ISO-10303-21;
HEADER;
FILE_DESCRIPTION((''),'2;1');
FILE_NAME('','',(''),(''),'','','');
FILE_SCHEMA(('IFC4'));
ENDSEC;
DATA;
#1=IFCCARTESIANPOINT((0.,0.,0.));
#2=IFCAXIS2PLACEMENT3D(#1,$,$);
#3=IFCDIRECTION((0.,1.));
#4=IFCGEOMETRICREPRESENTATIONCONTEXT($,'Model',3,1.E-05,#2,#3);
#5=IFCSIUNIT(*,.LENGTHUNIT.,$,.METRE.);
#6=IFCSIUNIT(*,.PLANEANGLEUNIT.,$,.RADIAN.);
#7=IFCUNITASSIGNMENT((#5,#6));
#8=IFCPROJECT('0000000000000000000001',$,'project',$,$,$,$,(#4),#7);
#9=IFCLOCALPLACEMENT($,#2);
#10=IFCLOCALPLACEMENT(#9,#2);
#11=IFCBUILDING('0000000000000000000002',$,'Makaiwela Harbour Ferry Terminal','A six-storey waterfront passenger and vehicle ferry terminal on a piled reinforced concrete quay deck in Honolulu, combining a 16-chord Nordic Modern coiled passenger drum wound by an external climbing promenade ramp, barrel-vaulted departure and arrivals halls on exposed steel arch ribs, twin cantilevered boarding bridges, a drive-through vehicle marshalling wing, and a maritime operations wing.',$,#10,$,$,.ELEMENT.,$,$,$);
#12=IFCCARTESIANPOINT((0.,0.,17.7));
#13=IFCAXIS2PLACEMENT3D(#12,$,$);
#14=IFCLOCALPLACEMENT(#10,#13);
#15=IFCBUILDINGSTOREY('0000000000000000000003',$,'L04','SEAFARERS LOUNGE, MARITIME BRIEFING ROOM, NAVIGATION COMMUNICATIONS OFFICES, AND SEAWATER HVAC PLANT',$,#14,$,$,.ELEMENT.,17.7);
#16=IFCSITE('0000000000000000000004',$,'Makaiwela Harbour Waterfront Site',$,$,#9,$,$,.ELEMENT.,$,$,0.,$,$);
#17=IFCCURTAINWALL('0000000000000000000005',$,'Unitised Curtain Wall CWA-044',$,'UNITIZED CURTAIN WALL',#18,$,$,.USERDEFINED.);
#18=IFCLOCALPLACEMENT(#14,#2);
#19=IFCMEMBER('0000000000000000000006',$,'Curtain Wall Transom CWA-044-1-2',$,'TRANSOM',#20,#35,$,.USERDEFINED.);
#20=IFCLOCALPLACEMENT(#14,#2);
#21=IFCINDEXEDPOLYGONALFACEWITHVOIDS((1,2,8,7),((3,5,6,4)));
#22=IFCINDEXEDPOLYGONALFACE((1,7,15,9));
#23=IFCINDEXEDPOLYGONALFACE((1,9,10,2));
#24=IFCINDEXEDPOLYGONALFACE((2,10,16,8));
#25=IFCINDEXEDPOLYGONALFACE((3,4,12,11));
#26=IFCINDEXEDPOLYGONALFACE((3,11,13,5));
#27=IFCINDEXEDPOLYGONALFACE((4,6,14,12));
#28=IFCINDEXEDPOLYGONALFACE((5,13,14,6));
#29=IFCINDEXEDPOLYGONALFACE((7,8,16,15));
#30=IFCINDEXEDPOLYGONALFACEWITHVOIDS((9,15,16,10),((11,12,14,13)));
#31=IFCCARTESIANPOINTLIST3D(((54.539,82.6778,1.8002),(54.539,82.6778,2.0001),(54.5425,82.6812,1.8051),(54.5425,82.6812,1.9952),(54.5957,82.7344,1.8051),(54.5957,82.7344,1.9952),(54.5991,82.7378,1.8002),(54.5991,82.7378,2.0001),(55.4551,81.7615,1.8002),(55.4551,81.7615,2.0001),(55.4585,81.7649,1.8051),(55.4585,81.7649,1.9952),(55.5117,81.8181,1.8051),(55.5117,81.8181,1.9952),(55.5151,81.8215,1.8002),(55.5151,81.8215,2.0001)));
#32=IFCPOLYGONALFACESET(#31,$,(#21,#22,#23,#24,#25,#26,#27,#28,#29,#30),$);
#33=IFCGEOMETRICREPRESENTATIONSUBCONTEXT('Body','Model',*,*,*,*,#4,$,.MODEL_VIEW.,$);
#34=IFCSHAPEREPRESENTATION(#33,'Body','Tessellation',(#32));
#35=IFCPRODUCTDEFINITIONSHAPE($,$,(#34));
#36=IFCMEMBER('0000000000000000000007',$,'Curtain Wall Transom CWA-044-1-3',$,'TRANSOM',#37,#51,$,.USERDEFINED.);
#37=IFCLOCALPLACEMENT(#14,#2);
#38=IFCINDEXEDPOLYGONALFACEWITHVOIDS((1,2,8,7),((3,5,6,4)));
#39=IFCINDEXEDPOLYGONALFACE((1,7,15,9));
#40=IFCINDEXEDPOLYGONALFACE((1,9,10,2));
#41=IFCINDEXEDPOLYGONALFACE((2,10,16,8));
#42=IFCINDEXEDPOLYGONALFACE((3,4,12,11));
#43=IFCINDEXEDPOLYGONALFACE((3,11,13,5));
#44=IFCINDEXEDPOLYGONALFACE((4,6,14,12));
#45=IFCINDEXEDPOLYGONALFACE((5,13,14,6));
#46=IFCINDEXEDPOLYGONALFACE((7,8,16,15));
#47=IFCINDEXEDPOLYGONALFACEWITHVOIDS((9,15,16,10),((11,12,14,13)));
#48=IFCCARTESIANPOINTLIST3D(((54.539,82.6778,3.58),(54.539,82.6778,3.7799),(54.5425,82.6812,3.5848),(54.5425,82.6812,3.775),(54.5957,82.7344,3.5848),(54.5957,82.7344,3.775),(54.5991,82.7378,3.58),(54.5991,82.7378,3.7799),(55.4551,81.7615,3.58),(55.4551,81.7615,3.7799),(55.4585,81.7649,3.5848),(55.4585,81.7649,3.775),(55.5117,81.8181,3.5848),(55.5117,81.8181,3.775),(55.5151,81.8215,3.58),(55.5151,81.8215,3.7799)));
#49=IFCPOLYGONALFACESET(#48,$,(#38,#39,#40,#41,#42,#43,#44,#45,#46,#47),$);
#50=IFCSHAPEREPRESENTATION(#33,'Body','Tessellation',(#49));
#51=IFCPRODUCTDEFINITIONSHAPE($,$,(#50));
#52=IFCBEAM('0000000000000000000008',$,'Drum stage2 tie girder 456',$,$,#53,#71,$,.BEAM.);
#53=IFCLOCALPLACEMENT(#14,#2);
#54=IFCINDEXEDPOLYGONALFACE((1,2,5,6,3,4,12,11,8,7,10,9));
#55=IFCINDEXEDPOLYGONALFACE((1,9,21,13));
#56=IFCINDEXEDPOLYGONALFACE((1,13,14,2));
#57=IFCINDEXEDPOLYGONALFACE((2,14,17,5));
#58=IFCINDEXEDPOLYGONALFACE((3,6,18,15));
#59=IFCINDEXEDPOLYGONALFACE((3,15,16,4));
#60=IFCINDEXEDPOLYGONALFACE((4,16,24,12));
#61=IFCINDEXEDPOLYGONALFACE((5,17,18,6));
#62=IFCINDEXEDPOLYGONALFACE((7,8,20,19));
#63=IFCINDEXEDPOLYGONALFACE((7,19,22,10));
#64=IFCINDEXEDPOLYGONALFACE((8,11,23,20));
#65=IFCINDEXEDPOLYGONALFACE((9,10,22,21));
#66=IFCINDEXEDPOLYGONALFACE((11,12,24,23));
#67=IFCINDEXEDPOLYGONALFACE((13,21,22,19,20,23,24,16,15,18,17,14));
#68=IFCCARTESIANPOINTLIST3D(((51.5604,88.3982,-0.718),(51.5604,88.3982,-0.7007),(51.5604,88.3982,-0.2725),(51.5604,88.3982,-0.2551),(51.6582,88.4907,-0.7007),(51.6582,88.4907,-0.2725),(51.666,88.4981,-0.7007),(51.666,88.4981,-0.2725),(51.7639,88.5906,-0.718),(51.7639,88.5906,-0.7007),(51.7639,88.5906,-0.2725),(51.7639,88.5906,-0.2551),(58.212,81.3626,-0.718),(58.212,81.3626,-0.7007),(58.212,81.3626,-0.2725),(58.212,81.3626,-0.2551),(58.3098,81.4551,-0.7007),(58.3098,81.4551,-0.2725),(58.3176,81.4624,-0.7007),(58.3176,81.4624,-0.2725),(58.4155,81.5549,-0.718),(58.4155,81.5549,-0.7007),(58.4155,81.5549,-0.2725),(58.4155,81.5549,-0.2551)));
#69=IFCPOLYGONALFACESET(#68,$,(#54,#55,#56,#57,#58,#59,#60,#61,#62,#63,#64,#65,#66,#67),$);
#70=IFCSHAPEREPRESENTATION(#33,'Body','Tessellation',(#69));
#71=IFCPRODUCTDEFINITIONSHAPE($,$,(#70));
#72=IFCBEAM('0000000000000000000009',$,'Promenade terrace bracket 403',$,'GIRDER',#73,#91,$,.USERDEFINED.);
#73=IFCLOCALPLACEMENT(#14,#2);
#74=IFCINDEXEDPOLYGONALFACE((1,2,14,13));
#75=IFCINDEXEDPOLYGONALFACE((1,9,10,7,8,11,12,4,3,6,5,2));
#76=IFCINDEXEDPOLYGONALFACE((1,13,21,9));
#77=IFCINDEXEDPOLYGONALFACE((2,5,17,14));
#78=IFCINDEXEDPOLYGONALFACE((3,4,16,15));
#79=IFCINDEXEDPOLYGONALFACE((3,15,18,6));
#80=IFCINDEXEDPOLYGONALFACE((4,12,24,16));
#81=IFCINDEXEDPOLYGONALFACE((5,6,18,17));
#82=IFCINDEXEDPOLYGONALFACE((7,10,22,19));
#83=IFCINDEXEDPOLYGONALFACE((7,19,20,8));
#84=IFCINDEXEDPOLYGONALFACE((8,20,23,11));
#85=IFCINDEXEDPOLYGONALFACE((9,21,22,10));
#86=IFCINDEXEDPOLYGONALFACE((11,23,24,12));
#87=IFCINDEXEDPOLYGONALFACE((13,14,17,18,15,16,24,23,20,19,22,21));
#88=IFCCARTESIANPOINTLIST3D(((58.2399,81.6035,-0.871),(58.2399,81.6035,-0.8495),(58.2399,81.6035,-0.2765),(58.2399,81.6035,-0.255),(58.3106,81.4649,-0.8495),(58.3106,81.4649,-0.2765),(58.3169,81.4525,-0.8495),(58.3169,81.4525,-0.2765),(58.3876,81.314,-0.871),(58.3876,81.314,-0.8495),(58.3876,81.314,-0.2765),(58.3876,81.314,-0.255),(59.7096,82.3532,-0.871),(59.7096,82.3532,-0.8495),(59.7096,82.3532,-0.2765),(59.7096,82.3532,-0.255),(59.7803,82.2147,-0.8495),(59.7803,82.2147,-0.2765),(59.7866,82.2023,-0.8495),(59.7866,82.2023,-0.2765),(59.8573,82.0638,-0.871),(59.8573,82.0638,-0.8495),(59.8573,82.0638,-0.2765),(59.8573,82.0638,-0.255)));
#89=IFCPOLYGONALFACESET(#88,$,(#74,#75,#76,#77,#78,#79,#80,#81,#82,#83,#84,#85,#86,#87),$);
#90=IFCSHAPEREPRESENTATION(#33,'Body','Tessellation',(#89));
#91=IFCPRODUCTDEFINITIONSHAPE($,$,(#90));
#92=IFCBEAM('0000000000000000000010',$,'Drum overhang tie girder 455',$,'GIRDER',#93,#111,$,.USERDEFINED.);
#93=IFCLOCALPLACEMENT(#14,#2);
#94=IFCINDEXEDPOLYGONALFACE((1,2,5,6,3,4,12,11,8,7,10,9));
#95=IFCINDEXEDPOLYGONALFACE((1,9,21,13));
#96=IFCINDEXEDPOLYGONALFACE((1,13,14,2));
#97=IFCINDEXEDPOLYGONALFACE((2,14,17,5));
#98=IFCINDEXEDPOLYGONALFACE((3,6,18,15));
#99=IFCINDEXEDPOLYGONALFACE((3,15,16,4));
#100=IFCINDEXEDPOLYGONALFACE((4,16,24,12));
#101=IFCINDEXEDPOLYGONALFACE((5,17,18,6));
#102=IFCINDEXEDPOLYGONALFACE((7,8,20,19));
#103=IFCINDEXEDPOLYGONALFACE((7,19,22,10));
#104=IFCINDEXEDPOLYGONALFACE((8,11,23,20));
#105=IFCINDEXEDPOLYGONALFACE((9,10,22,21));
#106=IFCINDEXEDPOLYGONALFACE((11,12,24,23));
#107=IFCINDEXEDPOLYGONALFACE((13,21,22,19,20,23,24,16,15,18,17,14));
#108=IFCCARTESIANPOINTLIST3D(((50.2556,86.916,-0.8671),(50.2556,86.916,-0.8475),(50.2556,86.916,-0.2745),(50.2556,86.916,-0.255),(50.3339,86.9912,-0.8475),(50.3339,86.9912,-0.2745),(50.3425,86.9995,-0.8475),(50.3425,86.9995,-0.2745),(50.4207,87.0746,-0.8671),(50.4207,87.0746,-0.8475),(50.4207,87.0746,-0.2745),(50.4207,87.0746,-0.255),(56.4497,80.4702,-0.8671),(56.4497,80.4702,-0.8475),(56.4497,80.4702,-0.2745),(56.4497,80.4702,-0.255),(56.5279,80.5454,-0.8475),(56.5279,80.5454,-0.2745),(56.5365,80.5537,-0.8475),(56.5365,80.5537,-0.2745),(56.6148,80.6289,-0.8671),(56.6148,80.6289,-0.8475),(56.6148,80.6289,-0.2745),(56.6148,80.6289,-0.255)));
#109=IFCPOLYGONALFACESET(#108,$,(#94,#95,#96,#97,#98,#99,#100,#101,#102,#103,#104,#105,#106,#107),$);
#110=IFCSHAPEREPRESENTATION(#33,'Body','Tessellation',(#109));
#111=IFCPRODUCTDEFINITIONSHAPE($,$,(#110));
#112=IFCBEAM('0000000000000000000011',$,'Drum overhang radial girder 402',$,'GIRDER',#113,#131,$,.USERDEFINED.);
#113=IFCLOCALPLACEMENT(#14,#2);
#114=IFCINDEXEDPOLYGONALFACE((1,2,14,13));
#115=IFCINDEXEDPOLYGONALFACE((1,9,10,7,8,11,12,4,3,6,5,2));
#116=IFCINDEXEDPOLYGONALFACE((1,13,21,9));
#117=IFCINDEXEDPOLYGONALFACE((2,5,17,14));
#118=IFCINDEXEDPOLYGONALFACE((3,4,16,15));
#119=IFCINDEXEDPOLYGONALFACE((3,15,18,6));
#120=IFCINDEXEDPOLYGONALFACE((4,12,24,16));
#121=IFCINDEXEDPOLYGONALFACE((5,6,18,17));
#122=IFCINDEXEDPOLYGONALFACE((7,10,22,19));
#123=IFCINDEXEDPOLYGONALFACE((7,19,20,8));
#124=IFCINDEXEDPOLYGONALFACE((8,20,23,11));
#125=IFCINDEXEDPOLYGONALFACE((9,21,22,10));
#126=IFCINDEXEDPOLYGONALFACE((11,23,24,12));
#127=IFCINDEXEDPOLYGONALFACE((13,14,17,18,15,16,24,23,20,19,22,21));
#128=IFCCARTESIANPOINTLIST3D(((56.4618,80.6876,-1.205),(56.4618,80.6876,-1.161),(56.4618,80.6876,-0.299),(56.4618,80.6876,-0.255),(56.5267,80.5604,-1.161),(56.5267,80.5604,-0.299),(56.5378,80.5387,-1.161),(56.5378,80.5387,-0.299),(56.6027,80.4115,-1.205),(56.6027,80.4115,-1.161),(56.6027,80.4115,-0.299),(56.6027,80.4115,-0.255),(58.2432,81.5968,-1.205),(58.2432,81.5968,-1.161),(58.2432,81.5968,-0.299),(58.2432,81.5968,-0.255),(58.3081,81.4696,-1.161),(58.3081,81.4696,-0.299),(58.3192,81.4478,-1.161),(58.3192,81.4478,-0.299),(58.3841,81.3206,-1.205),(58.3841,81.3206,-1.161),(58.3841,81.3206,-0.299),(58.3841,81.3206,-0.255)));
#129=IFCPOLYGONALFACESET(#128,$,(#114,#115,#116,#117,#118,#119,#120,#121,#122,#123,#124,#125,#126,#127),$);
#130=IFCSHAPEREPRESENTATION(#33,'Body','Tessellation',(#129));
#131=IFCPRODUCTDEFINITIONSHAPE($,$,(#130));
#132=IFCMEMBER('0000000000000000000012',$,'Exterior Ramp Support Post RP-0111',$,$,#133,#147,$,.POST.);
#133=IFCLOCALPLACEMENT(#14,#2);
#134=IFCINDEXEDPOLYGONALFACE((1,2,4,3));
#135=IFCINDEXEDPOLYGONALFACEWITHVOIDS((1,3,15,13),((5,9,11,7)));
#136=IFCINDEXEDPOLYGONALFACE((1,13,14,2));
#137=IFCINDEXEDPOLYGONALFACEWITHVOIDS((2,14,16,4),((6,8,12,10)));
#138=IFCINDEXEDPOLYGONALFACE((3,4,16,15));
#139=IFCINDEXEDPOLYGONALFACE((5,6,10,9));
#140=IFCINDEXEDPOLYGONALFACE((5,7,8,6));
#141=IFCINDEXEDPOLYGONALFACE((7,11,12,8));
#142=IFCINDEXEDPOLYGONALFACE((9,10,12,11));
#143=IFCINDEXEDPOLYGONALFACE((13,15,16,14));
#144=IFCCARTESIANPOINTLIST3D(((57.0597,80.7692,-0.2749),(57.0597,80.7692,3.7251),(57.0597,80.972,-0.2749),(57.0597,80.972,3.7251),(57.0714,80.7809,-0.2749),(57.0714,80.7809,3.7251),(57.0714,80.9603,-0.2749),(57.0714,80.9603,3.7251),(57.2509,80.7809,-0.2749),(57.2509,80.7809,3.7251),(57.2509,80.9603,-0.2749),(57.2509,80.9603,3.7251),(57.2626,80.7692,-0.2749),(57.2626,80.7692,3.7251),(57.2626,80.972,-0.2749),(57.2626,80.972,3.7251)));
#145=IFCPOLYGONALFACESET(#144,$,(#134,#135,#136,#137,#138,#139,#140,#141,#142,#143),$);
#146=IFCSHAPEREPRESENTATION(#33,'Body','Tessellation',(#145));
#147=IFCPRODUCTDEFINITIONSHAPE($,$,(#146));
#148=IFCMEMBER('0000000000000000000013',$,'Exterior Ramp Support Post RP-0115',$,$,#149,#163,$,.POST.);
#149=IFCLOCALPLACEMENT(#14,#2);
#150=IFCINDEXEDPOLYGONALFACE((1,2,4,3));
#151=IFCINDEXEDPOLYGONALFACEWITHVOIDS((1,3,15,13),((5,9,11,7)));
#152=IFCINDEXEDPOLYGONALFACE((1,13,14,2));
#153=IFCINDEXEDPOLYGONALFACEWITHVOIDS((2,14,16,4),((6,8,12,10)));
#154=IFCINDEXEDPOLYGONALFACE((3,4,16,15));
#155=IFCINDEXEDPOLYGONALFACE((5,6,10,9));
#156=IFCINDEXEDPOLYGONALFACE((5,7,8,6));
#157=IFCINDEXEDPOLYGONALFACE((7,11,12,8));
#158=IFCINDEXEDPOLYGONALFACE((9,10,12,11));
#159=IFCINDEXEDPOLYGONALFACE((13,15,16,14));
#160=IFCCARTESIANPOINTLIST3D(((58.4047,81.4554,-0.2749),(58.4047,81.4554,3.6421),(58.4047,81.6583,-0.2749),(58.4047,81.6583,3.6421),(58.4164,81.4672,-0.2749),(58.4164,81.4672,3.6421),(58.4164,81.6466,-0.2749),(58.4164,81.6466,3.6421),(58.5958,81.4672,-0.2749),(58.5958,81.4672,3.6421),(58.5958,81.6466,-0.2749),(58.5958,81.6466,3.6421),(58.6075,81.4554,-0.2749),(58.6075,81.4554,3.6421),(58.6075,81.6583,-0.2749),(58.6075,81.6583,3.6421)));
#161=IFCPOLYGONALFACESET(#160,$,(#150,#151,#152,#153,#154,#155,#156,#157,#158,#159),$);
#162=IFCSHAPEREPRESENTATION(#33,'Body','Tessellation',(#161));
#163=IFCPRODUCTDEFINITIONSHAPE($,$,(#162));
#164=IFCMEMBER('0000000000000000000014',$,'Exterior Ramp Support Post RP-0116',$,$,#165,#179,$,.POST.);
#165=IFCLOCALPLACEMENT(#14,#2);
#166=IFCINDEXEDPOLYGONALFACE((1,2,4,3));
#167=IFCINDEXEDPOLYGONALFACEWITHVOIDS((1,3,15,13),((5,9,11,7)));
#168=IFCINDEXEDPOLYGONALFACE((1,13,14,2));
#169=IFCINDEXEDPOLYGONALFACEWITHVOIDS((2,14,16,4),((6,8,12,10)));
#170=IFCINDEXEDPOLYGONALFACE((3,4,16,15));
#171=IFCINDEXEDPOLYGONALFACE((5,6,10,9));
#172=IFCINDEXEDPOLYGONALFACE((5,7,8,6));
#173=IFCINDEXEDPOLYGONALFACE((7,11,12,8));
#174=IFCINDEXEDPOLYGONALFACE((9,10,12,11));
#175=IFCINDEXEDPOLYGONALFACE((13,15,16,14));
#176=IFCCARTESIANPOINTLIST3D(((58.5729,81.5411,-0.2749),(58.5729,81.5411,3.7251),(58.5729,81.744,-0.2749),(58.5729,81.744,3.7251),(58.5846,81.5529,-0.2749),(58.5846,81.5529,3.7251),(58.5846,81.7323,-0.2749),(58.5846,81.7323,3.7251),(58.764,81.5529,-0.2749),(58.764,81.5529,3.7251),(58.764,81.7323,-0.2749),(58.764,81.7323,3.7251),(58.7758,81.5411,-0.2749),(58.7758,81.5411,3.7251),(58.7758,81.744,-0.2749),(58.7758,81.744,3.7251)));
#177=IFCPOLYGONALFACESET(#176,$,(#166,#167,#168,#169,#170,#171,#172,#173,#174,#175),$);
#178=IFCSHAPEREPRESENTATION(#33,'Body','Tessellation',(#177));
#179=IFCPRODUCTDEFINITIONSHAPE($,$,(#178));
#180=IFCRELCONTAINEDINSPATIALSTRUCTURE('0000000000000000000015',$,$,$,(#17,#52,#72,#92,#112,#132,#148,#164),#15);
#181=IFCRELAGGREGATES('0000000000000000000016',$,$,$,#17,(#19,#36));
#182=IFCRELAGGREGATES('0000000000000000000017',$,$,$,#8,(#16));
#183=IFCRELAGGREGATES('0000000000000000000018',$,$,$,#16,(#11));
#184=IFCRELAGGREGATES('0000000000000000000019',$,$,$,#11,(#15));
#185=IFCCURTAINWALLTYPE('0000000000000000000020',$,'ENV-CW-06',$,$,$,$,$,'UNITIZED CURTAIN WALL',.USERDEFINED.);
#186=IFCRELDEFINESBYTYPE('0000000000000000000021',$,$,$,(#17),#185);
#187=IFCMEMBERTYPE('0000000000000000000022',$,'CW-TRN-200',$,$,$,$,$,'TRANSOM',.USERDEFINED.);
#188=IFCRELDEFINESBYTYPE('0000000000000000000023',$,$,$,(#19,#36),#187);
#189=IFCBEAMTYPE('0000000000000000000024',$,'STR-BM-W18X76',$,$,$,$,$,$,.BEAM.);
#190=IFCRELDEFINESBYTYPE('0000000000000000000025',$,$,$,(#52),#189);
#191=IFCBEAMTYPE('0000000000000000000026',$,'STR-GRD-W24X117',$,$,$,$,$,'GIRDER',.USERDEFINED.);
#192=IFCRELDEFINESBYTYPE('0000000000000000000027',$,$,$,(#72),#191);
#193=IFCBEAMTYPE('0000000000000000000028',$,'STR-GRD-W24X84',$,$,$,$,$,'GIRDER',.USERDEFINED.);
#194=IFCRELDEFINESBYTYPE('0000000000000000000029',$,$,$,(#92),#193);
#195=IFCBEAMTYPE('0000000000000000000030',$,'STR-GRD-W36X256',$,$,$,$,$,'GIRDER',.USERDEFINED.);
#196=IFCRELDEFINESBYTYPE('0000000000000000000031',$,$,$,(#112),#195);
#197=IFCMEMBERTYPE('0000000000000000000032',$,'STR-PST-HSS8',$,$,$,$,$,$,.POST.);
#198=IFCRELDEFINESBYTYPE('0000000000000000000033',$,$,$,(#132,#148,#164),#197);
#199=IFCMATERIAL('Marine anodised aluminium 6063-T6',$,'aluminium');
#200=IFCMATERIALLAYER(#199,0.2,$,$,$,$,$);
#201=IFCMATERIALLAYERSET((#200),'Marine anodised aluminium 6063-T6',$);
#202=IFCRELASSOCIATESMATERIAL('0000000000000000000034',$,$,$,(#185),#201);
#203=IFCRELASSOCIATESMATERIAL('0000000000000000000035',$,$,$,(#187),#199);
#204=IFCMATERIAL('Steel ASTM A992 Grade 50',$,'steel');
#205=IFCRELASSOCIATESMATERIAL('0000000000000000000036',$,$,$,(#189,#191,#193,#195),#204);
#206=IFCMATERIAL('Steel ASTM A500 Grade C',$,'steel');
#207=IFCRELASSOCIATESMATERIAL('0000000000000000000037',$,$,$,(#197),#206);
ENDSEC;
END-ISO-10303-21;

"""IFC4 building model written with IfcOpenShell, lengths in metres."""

from ifc_helpers import new_model, si_unit, direction, frame, origin, origin_2d, place, context, subcontext, project, spatial, hollow_rectangle, i_section, extrude, material, layer, layer_set, material_profile, profile_set, type_object, element, aggregate, save


model = new_model("IFC4")

# Units and contexts
model_context = context("Model", 3, precision=1e-05, world=origin(), true_north=direction((0.0, 1.0)))
body_context = subcontext(model_context, "Body", "Model", "MODEL_VIEW")
ifc_project = project(units=[si_unit("LENGTHUNIT", "METRE"), si_unit("PLANEANGLEUNIT", "RADIAN")], contexts=[model_context])

# Site, building, storey
site_placement = place(None, origin())
site = spatial("IfcSite", under=ifc_project, at=site_placement, Name="Makaiwela Harbour Waterfront Site", CompositionType="ELEMENT", RefElevation=0.0)
building_placement = place(site_placement, origin())
building = spatial("IfcBuilding", under=site, at=building_placement, Name="Makaiwela Harbour Ferry Terminal", Description="A six-storey waterfront passenger and vehicle ferry terminal on a piled reinforced concrete quay deck in Honolulu, combining a 16-chord Nordic Modern coiled passenger drum wound by an external climbing promenade ramp, barrel-vaulted departure and arrivals halls on exposed steel arch ribs, twin cantilevered boarding bridges, a drive-through vehicle marshalling wing, and a maritime operations wing.", CompositionType="ELEMENT")
storey_placement = place(building_placement, frame((0.0, 0.0, 17.7)))
storey = spatial("IfcBuildingStorey", under=building, at=storey_placement, Name="L04", Description="SEAFARERS LOUNGE, MARITIME BRIEFING ROOM, NAVIGATION COMMUNICATIONS OFFICES, AND SEAWATER HVAC PLANT", CompositionType="ELEMENT", Elevation=17.7)

# Shared definitions
ifc_material_1 = material(Name="Marine anodised aluminium 6063-T6", Category="aluminium")
ifc_layer_1 = layer(ifc_material_1, 0.2)
ifc_layer_set_1 = layer_set([ifc_layer_1], Name="Marine anodised aluminium 6063-T6")
curtain_wall_type = type_object("IfcCurtainWallType", Name="ENV-CW-06", ElementType="UNITIZED CURTAIN WALL", PredefinedType="USERDEFINED", material=ifc_layer_set_1)

# Curtain wall
curtain_wall_1_placement = place(storey_placement, origin())
curtain_wall_1 = element("IfcCurtainWall", 1, at=curtain_wall_1_placement, inside=storey, type_object=curtain_wall_type, Name="Unitised Curtain Wall CWA-044", ObjectType="UNITIZED CURTAIN WALL", PredefinedType="USERDEFINED")

# Members
ifc_material_profile_1 = material_profile(ifc_material_1, hollow_rectangle(XDim=0.085, YDim=0.2, WallThickness=0.0049, at=origin_2d()), Name="CWT-200X85")
ifc_profile_set_1 = profile_set([ifc_material_profile_1], Name="Marine anodised aluminium 6063-T6")
member_type_1 = type_object("IfcMemberType", Name="CW-TRN-200", ElementType="TRANSOM", PredefinedType="USERDEFINED", material=ifc_profile_set_1)
member_1_placement = place(storey_placement, frame((55.4851, 81.7915, 1.9001), z_axis=(-0.707013, 0.707201, 0.0), x_axis=(-0.707201, -0.707013, 0.0)))
member_1 = element("IfcMember", 2, at=member_1_placement, type_object=member_type_1, Name="Curtain Wall Transom CWA-044-1-2", ObjectType="TRANSOM", PredefinedType="USERDEFINED", context=body_context, shape_type="SweptSolid", body=[
    extrude(hollow_rectangle(XDim=0.085, YDim=0.2, WallThickness=0.0049, at=origin_2d()), origin(), (0.0, 0.0, 1.0), 1.2957),
])
member_2_placement = place(storey_placement, frame((55.4851, 81.7915, 3.6799), z_axis=(-0.707013, 0.707201, 0.0), x_axis=(-0.707201, -0.707013, 0.0)))
member_2 = element("IfcMember", 3, at=member_2_placement, type_object=member_type_1, Name="Curtain Wall Transom CWA-044-1-3", ObjectType="TRANSOM", PredefinedType="USERDEFINED", context=body_context, shape_type="SweptSolid", body=[
    extrude(hollow_rectangle(XDim=0.085, YDim=0.2, WallThickness=0.0049, at=origin_2d()), origin(), (0.0, 0.0, 1.0), 1.2957),
])

# Beams
ifc_material_2 = material(Name="Steel ASTM A992 Grade 50", Category="steel")
ifc_material_profile_2 = material_profile(ifc_material_2, i_section(OverallWidth=0.28, OverallDepth=0.4629, WebThickness=0.0107, FlangeThickness=0.0173, at=origin_2d()), Name="W18X76")
ifc_profile_set_2 = profile_set([ifc_material_profile_2], Name="Steel ASTM A992 Grade 50")
beam_type_1 = type_object("IfcBeamType", Name="STR-BM-W18X76", PredefinedType="BEAM", material=ifc_profile_set_2)
beam_1_placement = place(storey_placement, frame((58.3137, 81.4587, -0.4866), z_axis=(-0.686997, 0.726661, 0.0), x_axis=(-0.726661, -0.686997, 0.0)))
element("IfcBeam", 4, at=beam_1_placement, inside=storey, type_object=beam_type_1, Name="Drum stage2 tie girder 456", PredefinedType="BEAM", context=body_context, shape_type="SweptSolid", body=[
    extrude(i_section(OverallWidth=0.28, OverallDepth=0.4629, WebThickness=0.0107, FlangeThickness=0.0173, at=origin_2d()), origin(), (0.0, 0.0, 1.0), 9.6821),
])
ifc_material_profile_3 = material_profile(ifc_material_2, i_section(OverallWidth=0.325, OverallDepth=0.616, WebThickness=0.0139, FlangeThickness=0.0215, at=origin_2d()), Name="W24X117")
ifc_profile_set_3 = profile_set([ifc_material_profile_3], Name="Steel ASTM A992 Grade 50")
beam_type_2 = type_object("IfcBeamType", Name="STR-GRD-W24X117", ElementType="GIRDER", PredefinedType="USERDEFINED", material=ifc_profile_set_3)
beam_2_placement = place(storey_placement, frame((58.3137, 81.4587, -0.563), z_axis=(0.890788, 0.45442, 0.0), x_axis=(-0.45442, 0.890788, 0.0)))
element("IfcBeam", 5, at=beam_2_placement, inside=storey, type_object=beam_type_2, Name="Promenade terrace bracket 403", ObjectType="GIRDER", PredefinedType="USERDEFINED", context=body_context, shape_type="SweptSolid", body=[
    extrude(i_section(OverallWidth=0.325, OverallDepth=0.616, WebThickness=0.0139, FlangeThickness=0.0215, at=origin_2d()), origin(), (0.0, 0.0, 1.0), 1.6499),
])
ifc_material_profile_4 = material_profile(ifc_material_2, i_section(OverallWidth=0.229, OverallDepth=0.6121, WebThickness=0.012, FlangeThickness=0.0195, at=origin_2d()), Name="W24X84")
ifc_profile_set_4 = profile_set([ifc_material_profile_4], Name="Steel ASTM A992 Grade 50")
beam_type_3 = type_object("IfcBeamType", Name="STR-GRD-W24X84", ElementType="GIRDER", PredefinedType="USERDEFINED", material=ifc_profile_set_4)
beam_3_placement = place(storey_placement, frame((56.5322, 80.5496, -0.561), z_axis=(-0.692888, 0.721045, 0.0), x_axis=(-0.721045, -0.692888, 0.0)))
element("IfcBeam", 6, at=beam_3_placement, inside=storey, type_object=beam_type_3, Name="Drum overhang tie girder 455", ObjectType="GIRDER", PredefinedType="USERDEFINED", context=body_context, shape_type="SweptSolid", body=[
    extrude(i_section(OverallWidth=0.229, OverallDepth=0.6121, WebThickness=0.012, FlangeThickness=0.0195, at=origin_2d()), origin(), (0.0, 0.0, 1.0), 8.9395),
])
ifc_material_profile_5 = material_profile(ifc_material_2, i_section(OverallWidth=0.3101, OverallDepth=0.95, WebThickness=0.0244, FlangeThickness=0.0439, at=origin_2d()), Name="W36X256")
ifc_profile_set_5 = profile_set([ifc_material_profile_5], Name="Steel ASTM A992 Grade 50")
beam_type_4 = type_object("IfcBeamType", Name="STR-GRD-W36X256", ElementType="GIRDER", PredefinedType="USERDEFINED", material=ifc_profile_set_5)
beam_4_placement = place(storey_placement, frame((56.5322, 80.5496, -0.73), z_axis=(0.89071, 0.454571, 0.0), x_axis=(-0.454571, 0.89071, 0.0)))
element("IfcBeam", 7, at=beam_4_placement, inside=storey, type_object=beam_type_4, Name="Drum overhang radial girder 402", ObjectType="GIRDER", PredefinedType="USERDEFINED", context=body_context, shape_type="SweptSolid", body=[
    extrude(i_section(OverallWidth=0.3101, OverallDepth=0.95, WebThickness=0.0244, FlangeThickness=0.0439, at=origin_2d()), origin(), (0.0, 0.0, 1.0), 2.0),
])

# Members
ifc_material_3 = material(Name="Steel ASTM A500 Grade C", Category="steel")
ifc_material_profile_6 = material_profile(ifc_material_3, hollow_rectangle(XDim=0.2029, YDim=0.2029, WallThickness=0.0117, at=origin_2d()), Name="HSS8X8X1/2")
ifc_profile_set_6 = profile_set([ifc_material_profile_6], Name="Steel ASTM A500 Grade C")
member_type_2 = type_object("IfcMemberType", Name="STR-PST-HSS8", PredefinedType="POST", material=ifc_profile_set_6)
member_3_placement = place(storey_placement, frame((57.1611, 80.8706, -0.2749), z_axis=(0.0, 0.0, 1.0), x_axis=(1.0, 0.0, 0.0)))
element("IfcMember", 8, at=member_3_placement, inside=storey, type_object=member_type_2, Name="Exterior Ramp Support Post RP-0111", PredefinedType="POST", context=body_context, shape_type="SweptSolid", body=[
    extrude(hollow_rectangle(XDim=0.2029, YDim=0.2029, WallThickness=0.0117, at=origin_2d()), origin(), (0.0, 0.0, 1.0), 4.0),
])
member_4_placement = place(storey_placement, frame((58.5061, 81.5569, -0.2749), z_axis=(0.0, 0.0, 1.0), x_axis=(1.0, 0.0, 0.0)))
element("IfcMember", 9, at=member_4_placement, inside=storey, type_object=member_type_2, Name="Exterior Ramp Support Post RP-0115", PredefinedType="POST", context=body_context, shape_type="SweptSolid", body=[
    extrude(hollow_rectangle(XDim=0.2029, YDim=0.2029, WallThickness=0.0117, at=origin_2d()), origin(), (0.0, 0.0, 1.0), 3.917),
])
member_5_placement = place(storey_placement, frame((58.6743, 81.6426, -0.2749), z_axis=(0.0, 0.0, 1.0), x_axis=(1.0, 0.0, 0.0)))
element("IfcMember", 10, at=member_5_placement, inside=storey, type_object=member_type_2, Name="Exterior Ramp Support Post RP-0116", PredefinedType="POST", context=body_context, shape_type="SweptSolid", body=[
    extrude(hollow_rectangle(XDim=0.2029, YDim=0.2029, WallThickness=0.0117, at=origin_2d()), origin(), (0.0, 0.0, 1.0), 4.0),
])

aggregate(curtain_wall_1, [member_1, member_2])

save(model, "model.ifc")
